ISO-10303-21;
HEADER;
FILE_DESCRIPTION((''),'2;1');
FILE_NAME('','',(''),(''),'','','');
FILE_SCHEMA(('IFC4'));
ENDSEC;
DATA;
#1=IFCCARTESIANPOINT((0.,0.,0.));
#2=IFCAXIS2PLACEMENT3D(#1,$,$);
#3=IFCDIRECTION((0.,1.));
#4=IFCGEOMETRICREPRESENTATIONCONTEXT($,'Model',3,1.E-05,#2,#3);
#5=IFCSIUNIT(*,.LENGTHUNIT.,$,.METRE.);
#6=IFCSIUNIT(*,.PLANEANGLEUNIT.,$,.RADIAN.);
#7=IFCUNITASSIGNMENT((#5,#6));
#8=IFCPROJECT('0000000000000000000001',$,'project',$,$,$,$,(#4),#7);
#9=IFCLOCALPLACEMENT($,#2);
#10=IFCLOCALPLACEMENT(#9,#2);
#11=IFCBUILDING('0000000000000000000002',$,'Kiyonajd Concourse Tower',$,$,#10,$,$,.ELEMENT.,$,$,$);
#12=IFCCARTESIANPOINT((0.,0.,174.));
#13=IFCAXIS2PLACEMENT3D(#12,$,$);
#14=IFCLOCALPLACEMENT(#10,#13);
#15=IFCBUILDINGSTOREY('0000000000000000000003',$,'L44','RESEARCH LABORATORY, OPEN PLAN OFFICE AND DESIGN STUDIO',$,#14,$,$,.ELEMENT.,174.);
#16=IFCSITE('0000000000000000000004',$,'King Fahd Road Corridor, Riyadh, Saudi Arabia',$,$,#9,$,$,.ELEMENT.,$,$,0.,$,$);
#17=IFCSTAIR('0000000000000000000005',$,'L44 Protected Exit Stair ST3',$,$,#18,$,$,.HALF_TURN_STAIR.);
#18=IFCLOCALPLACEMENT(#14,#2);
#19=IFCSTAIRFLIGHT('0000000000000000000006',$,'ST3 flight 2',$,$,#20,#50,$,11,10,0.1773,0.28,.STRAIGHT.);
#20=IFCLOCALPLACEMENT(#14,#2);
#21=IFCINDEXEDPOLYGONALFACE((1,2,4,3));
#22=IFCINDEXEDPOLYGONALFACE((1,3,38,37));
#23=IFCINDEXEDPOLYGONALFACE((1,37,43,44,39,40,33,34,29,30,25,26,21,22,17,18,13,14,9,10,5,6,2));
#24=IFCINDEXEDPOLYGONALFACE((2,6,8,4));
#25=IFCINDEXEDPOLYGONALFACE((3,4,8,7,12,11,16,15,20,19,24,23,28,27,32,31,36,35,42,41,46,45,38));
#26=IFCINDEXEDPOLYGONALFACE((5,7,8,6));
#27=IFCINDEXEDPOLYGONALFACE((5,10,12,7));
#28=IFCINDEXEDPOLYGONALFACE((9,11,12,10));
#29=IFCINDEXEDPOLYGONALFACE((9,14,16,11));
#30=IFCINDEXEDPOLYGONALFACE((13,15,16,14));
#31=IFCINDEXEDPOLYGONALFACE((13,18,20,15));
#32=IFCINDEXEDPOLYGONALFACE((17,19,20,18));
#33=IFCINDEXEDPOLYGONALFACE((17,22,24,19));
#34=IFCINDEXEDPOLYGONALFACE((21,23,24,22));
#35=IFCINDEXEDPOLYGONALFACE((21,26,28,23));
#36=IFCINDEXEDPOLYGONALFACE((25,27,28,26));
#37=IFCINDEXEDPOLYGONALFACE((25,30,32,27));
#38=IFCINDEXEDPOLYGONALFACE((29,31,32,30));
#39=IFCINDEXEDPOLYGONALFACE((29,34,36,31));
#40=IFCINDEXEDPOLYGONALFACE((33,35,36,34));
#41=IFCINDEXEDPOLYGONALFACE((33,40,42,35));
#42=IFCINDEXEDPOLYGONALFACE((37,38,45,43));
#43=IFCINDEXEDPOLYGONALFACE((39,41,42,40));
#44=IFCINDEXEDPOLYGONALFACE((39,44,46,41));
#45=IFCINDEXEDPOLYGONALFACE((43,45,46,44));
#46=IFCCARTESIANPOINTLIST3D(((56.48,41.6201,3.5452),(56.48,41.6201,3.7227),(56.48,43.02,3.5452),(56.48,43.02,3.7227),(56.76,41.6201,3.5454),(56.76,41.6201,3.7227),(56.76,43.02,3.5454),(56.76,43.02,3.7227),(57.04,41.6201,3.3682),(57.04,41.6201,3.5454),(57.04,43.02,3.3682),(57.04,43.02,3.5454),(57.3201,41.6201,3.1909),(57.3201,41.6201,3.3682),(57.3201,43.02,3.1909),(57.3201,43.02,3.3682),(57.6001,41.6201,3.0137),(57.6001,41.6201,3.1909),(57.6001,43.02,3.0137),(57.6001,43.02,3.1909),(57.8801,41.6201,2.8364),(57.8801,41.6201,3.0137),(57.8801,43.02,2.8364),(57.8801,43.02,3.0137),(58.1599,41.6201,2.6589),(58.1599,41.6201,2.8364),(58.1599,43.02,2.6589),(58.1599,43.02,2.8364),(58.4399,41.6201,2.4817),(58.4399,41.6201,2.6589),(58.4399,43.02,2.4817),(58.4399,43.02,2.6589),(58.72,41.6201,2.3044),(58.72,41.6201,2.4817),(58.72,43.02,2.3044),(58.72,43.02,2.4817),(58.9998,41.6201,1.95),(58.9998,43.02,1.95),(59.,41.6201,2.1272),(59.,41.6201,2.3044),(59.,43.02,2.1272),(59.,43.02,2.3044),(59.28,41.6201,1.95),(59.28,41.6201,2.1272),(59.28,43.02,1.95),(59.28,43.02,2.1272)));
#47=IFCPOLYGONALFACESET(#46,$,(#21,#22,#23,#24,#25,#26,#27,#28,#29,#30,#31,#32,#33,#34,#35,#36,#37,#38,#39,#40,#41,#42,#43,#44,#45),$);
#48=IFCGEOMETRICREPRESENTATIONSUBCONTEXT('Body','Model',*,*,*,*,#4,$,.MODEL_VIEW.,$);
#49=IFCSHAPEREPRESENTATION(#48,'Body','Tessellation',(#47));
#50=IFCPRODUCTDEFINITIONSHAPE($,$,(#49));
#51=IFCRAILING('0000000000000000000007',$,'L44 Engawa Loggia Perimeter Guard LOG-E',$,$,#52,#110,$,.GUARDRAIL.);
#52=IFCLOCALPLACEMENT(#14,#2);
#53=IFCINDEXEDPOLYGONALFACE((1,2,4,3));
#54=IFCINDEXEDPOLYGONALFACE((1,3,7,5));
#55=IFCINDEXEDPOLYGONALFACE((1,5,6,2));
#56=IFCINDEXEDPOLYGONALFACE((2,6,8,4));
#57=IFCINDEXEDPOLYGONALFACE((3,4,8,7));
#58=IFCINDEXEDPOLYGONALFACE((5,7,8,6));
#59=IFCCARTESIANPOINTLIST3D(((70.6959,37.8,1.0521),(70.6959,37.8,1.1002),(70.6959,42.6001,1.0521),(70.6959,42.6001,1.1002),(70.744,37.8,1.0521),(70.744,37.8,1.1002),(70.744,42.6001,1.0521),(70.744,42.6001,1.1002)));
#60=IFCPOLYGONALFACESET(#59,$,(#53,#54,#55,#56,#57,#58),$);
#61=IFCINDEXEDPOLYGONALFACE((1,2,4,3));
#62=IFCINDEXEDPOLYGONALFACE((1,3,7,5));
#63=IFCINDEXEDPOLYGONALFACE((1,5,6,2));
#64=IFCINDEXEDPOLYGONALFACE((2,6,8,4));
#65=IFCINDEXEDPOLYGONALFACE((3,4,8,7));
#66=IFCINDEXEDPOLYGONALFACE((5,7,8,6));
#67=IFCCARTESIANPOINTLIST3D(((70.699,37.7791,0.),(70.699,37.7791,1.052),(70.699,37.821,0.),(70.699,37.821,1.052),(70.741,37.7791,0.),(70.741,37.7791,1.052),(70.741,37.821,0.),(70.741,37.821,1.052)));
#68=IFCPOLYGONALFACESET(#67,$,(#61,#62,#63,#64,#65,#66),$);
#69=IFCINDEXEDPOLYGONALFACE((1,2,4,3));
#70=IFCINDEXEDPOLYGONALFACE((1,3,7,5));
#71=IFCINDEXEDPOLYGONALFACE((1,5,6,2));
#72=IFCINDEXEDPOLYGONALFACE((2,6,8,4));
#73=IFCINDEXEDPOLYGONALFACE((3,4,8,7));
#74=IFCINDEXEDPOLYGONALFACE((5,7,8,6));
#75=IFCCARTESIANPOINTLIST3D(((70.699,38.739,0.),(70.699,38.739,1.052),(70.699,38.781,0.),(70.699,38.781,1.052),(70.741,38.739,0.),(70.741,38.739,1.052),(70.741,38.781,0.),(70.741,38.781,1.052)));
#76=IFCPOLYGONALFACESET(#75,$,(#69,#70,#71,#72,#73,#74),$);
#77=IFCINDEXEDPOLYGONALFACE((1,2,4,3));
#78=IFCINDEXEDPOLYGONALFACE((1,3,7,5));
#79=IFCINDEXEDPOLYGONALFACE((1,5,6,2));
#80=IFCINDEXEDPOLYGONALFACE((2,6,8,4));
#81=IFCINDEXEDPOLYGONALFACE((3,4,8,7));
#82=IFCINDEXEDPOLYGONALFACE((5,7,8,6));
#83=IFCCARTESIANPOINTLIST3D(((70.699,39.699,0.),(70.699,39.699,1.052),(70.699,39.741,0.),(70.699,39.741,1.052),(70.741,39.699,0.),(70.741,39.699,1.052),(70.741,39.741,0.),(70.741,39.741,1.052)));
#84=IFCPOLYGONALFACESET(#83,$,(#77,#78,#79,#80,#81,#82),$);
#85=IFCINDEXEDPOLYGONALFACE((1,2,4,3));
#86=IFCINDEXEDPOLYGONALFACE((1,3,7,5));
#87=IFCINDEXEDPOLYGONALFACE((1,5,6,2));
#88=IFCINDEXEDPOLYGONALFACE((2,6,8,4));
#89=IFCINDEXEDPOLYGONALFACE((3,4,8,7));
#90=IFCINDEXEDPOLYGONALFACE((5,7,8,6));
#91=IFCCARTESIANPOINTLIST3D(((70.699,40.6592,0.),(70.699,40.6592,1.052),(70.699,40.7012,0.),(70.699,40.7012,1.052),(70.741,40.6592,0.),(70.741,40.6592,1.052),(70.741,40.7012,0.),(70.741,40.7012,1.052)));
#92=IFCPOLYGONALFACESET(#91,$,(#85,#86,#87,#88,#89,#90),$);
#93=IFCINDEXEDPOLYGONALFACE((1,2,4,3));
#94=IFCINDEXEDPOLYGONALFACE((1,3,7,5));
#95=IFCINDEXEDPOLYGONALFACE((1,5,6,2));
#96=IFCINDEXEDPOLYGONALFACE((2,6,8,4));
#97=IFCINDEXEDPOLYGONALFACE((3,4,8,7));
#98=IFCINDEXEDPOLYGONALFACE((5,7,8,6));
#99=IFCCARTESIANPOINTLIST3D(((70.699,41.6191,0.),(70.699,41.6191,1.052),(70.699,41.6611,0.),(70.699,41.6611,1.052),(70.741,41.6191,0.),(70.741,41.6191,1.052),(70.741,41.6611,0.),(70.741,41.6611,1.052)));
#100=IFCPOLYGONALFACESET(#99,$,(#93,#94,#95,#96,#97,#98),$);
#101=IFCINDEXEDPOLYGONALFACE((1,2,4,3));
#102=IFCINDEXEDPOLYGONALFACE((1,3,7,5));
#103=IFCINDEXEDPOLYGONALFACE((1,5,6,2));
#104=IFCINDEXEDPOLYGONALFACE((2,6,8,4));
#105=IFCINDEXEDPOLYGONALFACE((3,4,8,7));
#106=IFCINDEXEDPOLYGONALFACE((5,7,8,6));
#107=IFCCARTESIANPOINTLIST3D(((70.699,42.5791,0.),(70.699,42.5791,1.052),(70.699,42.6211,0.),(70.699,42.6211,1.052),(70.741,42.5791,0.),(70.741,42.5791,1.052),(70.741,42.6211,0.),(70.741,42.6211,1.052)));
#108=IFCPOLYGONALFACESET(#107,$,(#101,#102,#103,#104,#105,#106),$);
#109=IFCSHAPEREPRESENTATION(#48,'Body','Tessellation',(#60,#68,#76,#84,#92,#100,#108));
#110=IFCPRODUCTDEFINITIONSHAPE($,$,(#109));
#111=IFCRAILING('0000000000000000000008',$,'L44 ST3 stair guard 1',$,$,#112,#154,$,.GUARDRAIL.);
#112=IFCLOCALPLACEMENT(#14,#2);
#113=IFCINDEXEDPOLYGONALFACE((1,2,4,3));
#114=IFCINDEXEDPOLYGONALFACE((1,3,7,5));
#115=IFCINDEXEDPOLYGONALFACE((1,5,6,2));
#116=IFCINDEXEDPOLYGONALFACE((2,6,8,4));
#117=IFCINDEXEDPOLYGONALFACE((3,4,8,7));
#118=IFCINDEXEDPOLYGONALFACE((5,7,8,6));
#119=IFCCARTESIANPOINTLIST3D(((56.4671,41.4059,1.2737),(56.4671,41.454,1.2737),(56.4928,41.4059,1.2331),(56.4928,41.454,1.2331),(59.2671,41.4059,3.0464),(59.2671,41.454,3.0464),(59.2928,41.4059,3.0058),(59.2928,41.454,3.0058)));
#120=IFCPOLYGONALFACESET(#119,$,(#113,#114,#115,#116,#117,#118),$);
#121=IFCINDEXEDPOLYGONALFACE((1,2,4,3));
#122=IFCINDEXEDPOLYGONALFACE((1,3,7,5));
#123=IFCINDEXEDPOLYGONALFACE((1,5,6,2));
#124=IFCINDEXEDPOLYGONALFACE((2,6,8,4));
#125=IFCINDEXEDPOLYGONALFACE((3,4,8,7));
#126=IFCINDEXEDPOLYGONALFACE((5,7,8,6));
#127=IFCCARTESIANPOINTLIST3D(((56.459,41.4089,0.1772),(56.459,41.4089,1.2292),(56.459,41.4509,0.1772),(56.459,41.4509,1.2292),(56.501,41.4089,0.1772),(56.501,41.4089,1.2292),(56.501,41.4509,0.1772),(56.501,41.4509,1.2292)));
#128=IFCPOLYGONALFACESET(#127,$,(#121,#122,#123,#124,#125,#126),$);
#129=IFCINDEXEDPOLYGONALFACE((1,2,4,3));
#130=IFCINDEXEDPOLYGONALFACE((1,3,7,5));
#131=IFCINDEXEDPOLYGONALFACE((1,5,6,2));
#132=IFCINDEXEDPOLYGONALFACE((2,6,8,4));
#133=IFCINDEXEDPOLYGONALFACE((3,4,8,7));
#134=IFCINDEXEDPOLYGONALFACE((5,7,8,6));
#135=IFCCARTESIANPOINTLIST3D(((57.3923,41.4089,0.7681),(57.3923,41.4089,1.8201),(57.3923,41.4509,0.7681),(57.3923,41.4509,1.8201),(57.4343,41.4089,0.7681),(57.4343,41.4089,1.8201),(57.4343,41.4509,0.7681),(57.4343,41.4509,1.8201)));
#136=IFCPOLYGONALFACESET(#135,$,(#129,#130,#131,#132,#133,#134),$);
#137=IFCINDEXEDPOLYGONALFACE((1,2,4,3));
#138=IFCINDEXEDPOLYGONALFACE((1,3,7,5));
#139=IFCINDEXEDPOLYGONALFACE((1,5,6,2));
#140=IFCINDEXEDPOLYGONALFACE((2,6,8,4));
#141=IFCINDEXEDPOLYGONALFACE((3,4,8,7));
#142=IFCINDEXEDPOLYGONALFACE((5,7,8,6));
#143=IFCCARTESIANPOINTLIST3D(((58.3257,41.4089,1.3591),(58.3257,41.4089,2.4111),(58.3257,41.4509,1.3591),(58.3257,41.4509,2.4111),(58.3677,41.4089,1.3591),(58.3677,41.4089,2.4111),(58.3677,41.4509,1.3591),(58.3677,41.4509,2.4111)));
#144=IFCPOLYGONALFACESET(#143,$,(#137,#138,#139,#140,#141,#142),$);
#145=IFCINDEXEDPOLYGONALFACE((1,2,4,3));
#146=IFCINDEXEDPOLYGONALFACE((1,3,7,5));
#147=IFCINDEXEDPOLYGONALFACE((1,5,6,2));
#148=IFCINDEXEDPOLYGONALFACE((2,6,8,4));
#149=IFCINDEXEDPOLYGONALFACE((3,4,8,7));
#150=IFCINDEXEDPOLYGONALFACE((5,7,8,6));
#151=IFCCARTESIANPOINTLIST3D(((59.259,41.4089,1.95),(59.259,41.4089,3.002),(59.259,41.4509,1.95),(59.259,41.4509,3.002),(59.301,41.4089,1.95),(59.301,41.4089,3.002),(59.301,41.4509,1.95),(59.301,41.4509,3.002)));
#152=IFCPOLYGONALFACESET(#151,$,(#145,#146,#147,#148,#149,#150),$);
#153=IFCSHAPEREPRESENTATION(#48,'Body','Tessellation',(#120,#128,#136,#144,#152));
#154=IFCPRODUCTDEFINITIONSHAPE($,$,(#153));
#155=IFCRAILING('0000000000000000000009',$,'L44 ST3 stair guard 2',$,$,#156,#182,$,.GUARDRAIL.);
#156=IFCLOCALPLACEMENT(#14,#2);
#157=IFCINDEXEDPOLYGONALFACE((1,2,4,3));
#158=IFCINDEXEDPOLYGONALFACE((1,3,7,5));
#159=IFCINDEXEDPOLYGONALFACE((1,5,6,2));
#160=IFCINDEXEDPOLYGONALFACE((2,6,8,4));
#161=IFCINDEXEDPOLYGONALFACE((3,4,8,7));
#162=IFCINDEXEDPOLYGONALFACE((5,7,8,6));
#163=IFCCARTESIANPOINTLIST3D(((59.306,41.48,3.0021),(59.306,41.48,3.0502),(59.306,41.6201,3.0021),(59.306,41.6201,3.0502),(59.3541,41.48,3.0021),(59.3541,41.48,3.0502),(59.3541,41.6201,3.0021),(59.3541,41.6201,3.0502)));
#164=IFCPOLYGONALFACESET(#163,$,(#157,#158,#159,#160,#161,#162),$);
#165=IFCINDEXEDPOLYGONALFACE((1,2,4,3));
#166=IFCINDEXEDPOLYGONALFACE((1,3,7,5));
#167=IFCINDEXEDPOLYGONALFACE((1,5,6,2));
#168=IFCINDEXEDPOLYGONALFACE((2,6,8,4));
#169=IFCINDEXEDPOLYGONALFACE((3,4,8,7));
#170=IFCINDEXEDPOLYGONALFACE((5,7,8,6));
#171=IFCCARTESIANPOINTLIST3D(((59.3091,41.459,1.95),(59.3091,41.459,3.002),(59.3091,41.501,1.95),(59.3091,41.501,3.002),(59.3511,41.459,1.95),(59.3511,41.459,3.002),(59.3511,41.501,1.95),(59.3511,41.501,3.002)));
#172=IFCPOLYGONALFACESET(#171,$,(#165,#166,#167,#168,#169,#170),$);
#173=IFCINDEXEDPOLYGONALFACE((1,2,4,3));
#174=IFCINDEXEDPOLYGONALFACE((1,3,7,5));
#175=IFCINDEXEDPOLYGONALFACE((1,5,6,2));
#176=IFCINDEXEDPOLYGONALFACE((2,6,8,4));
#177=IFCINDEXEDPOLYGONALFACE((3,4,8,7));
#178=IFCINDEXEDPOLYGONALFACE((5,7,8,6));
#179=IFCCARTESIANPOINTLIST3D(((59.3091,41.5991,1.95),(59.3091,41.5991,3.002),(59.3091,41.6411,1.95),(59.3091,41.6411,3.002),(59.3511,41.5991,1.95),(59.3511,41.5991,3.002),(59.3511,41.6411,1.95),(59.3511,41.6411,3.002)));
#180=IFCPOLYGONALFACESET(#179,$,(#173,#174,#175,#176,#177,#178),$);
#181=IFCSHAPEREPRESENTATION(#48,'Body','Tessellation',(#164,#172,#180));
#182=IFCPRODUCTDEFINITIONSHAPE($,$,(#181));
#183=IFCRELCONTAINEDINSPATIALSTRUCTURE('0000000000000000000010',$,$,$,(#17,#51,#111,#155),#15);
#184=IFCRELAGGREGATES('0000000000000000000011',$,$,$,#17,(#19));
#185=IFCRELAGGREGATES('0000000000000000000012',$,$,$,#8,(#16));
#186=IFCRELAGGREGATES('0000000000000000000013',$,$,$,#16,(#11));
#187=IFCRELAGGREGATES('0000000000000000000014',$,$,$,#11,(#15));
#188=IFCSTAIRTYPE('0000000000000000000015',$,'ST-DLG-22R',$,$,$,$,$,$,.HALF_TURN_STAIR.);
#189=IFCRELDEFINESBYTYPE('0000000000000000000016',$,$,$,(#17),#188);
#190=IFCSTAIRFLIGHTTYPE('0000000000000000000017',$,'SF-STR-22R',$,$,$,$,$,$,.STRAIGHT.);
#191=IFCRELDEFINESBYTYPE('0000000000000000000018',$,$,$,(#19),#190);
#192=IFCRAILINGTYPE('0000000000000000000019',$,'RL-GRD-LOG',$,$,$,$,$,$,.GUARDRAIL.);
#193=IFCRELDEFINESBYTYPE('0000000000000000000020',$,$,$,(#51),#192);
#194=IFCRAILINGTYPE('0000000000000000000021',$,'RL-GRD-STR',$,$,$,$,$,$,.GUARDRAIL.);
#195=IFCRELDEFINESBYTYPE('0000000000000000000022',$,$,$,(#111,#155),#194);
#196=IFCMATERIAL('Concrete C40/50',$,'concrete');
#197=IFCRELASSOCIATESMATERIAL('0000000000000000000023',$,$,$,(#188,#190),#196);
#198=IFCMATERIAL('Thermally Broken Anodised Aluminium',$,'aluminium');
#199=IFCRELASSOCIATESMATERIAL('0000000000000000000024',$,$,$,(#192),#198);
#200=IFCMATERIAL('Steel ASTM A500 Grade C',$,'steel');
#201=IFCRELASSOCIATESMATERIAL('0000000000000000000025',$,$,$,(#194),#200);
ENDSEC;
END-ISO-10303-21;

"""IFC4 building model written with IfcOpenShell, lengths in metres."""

from ifc_helpers import new_model, si_unit, direction, frame, origin, origin_2d, place, context, subcontext, project, spatial, polyline, rectangle, outline, extrude, material, type_object, element, aggregate, save


model = new_model("IFC4")

# Units and contexts
model_context = context("Model", 3, precision=1e-05, world=origin(), true_north=direction((0.0, 1.0)))
body_context = subcontext(model_context, "Body", "Model", "MODEL_VIEW")
ifc_project = project(units=[si_unit("LENGTHUNIT", "METRE"), si_unit("PLANEANGLEUNIT", "RADIAN")], contexts=[model_context])

# Site, building, storey
site_placement = place(None, origin())
site = spatial("IfcSite", under=ifc_project, at=site_placement, Name="King Fahd Road Corridor, Riyadh, Saudi Arabia", CompositionType="ELEMENT", RefElevation=0.0)
building_placement = place(site_placement, origin())
building = spatial("IfcBuilding", under=site, at=building_placement, Name="Kiyonajd Concourse Tower", CompositionType="ELEMENT")
storey_placement = place(building_placement, frame((0.0, 0.0, 174.0)))
storey = spatial("IfcBuildingStorey", under=building, at=storey_placement, Name="L44", Description="RESEARCH LABORATORY, OPEN PLAN OFFICE AND DESIGN STUDIO", CompositionType="ELEMENT", Elevation=174.0)

# Shared definitions
ifc_material_1 = material(Name="Thermally Broken Anodised Aluminium", Category="aluminium")

# Stair, stair flight
ifc_material_2 = material(Name="Concrete C40/50", Category="concrete")
stair_type = type_object("IfcStairType", Name="ST-DLG-22R", PredefinedType="HALF_TURN_STAIR", material=ifc_material_2)
stair_placement = place(storey_placement, origin())
stair = element("IfcStair", 1, at=stair_placement, inside=storey, type_object=stair_type, Name="L44 Protected Exit Stair ST3", PredefinedType="HALF_TURN_STAIR")
stair_flight_type = type_object("IfcStairFlightType", Name="SF-STR-22R", PredefinedType="STRAIGHT", material=ifc_material_2)
stair_flight_1_placement = place(storey_placement, frame((59.28, 42.3201, 1.95), z_axis=(0.0, 0.0, 1.0), x_axis=(-1.0, 0.0, 0.0)))
stair_flight_1 = element("IfcStairFlight", 2, at=stair_flight_1_placement, type_object=stair_flight_type, Name="ST3 flight 2", NumberOfRisers=11, NumberOfTreads=10, PredefinedType="STRAIGHT", RiserHeight=0.1773, TreadLength=0.28, context=body_context, shape_type="SweptSolid", body=[
    extrude(outline(polyline([(0.0, 0.0), (0.0, 0.1772), (0.28, 0.1772), (0.28, 0.3545), (0.5601, 0.3545), (0.5601, 0.5317), (0.8401, 0.5317), (0.8401, 0.709), (1.1201, 0.709), (1.1201, 0.8865), (1.3999, 0.8865), (1.3999, 1.0637), (1.6799, 1.0637), (1.6799, 1.241), (1.96, 1.241), (1.96, 1.4182), (2.24, 1.4182), (2.24, 1.5955), (2.52, 1.5955), (2.52, 1.7727), (2.8, 1.7727), (2.8, 1.95), (2.8, 1.5952), (0.2803, 0.0), (0.0, 0.0)])), frame((0.0, 0.7, 0.0), z_axis=(0.0, -1.0, 0.0), x_axis=(1.0, 0.0, 0.0)), (0.0, 0.0, 1.0), 1.3999),
])
aggregate(stair, [stair_flight_1])

# Railings
railing_type_1 = type_object("IfcRailingType", Name="RL-GRD-LOG", PredefinedType="GUARDRAIL", material=ifc_material_1)
railing_1_placement = place(storey_placement, frame((70.72, 37.8, 0.0)))
element("IfcRailing", 3, at=railing_1_placement, inside=storey, type_object=railing_type_1, Name="L44 Engawa Loggia Perimeter Guard LOG-E", PredefinedType="GUARDRAIL", context=body_context, shape_type="SweptSolid", body=[
    extrude(rectangle(XDim=0.0481, YDim=0.0481, at=origin_2d()), frame((0.0, 0.0, 1.0762), z_axis=(0.0, 1.0, 0.0), x_axis=(-1.0, 0.0, 0.0)), (0.0, 0.0, 1.0), 4.8),
    extrude(rectangle(XDim=0.042, YDim=0.042, at=origin_2d()), origin(), (0.0, 0.0, 1.0), 1.052),
    extrude(rectangle(XDim=0.042, YDim=0.042, at=origin_2d()), frame((0.0, 0.96, 0.0)), (0.0, 0.0, 1.0), 1.052),
    extrude(rectangle(XDim=0.042, YDim=0.042, at=origin_2d()), frame((0.0, 1.9199, 0.0)), (0.0, 0.0, 1.0), 1.052),
    extrude(rectangle(XDim=0.042, YDim=0.042, at=origin_2d()), frame((0.0, 2.8801, 0.0)), (0.0, 0.0, 1.0), 1.052),
    extrude(rectangle(XDim=0.042, YDim=0.042, at=origin_2d()), frame((0.0, 3.8401, 0.0)), (0.0, 0.0, 1.0), 1.052),
    extrude(rectangle(XDim=0.042, YDim=0.042, at=origin_2d()), frame((0.0, 4.8, 0.0)), (0.0, 0.0, 1.0), 1.052),
])
ifc_material_3 = material(Name="Steel ASTM A500 Grade C", Category="steel")
railing_type_2 = type_object("IfcRailingType", Name="RL-GRD-STR", PredefinedType="GUARDRAIL", material=ifc_material_3)
railing_2_placement = place(storey_placement, frame((56.48, 41.4299, 0.1772)))
element("IfcRailing", 4, at=railing_2_placement, inside=storey, type_object=railing_type_2, Name="L44 ST3 stair guard 1", PredefinedType="GUARDRAIL", context=body_context, shape_type="SweptSolid", body=[
    extrude(rectangle(XDim=0.0481, YDim=0.0481, at=origin_2d()), frame((0.0, 0.0, 1.0762), z_axis=(0.844909, 0.0, 0.53491), x_axis=(0.0, 1.0, 0.0)), (0.0, 0.0, 1.0), 3.314),
    extrude(rectangle(XDim=0.042, YDim=0.042, at=origin_2d()), origin(), (0.0, 0.0, 1.0), 1.052),
    extrude(rectangle(XDim=0.042, YDim=0.042, at=origin_2d()), frame((0.9333, 0.0, 0.5908)), (0.0, 0.0, 1.0), 1.052),
    extrude(rectangle(XDim=0.042, YDim=0.042, at=origin_2d()), frame((1.8667, 0.0, 1.1819)), (0.0, 0.0, 1.0), 1.052),
    extrude(rectangle(XDim=0.042, YDim=0.042, at=origin_2d()), frame((2.8, 0.0, 1.7727)), (0.0, 0.0, 1.0), 1.052),
])
railing_3_placement = place(storey_placement, frame((59.3301, 41.48, 1.95)))
element("IfcRailing", 5, at=railing_3_placement, inside=storey, type_object=railing_type_2, Name="L44 ST3 stair guard 2", PredefinedType="GUARDRAIL", context=body_context, shape_type="SweptSolid", body=[
    extrude(rectangle(XDim=0.0481, YDim=0.0481, at=origin_2d()), frame((0.0, 0.0, 1.0762), z_axis=(0.0, 1.0, 0.0), x_axis=(-1.0, 0.0, 0.0)), (0.0, 0.0, 1.0), 0.1401),
    extrude(rectangle(XDim=0.042, YDim=0.042, at=origin_2d()), origin(), (0.0, 0.0, 1.0), 1.052),
    extrude(rectangle(XDim=0.042, YDim=0.042, at=origin_2d()), frame((0.0, 0.1401, 0.0)), (0.0, 0.0, 1.0), 1.052),
])

save(model, "model.ifc")
